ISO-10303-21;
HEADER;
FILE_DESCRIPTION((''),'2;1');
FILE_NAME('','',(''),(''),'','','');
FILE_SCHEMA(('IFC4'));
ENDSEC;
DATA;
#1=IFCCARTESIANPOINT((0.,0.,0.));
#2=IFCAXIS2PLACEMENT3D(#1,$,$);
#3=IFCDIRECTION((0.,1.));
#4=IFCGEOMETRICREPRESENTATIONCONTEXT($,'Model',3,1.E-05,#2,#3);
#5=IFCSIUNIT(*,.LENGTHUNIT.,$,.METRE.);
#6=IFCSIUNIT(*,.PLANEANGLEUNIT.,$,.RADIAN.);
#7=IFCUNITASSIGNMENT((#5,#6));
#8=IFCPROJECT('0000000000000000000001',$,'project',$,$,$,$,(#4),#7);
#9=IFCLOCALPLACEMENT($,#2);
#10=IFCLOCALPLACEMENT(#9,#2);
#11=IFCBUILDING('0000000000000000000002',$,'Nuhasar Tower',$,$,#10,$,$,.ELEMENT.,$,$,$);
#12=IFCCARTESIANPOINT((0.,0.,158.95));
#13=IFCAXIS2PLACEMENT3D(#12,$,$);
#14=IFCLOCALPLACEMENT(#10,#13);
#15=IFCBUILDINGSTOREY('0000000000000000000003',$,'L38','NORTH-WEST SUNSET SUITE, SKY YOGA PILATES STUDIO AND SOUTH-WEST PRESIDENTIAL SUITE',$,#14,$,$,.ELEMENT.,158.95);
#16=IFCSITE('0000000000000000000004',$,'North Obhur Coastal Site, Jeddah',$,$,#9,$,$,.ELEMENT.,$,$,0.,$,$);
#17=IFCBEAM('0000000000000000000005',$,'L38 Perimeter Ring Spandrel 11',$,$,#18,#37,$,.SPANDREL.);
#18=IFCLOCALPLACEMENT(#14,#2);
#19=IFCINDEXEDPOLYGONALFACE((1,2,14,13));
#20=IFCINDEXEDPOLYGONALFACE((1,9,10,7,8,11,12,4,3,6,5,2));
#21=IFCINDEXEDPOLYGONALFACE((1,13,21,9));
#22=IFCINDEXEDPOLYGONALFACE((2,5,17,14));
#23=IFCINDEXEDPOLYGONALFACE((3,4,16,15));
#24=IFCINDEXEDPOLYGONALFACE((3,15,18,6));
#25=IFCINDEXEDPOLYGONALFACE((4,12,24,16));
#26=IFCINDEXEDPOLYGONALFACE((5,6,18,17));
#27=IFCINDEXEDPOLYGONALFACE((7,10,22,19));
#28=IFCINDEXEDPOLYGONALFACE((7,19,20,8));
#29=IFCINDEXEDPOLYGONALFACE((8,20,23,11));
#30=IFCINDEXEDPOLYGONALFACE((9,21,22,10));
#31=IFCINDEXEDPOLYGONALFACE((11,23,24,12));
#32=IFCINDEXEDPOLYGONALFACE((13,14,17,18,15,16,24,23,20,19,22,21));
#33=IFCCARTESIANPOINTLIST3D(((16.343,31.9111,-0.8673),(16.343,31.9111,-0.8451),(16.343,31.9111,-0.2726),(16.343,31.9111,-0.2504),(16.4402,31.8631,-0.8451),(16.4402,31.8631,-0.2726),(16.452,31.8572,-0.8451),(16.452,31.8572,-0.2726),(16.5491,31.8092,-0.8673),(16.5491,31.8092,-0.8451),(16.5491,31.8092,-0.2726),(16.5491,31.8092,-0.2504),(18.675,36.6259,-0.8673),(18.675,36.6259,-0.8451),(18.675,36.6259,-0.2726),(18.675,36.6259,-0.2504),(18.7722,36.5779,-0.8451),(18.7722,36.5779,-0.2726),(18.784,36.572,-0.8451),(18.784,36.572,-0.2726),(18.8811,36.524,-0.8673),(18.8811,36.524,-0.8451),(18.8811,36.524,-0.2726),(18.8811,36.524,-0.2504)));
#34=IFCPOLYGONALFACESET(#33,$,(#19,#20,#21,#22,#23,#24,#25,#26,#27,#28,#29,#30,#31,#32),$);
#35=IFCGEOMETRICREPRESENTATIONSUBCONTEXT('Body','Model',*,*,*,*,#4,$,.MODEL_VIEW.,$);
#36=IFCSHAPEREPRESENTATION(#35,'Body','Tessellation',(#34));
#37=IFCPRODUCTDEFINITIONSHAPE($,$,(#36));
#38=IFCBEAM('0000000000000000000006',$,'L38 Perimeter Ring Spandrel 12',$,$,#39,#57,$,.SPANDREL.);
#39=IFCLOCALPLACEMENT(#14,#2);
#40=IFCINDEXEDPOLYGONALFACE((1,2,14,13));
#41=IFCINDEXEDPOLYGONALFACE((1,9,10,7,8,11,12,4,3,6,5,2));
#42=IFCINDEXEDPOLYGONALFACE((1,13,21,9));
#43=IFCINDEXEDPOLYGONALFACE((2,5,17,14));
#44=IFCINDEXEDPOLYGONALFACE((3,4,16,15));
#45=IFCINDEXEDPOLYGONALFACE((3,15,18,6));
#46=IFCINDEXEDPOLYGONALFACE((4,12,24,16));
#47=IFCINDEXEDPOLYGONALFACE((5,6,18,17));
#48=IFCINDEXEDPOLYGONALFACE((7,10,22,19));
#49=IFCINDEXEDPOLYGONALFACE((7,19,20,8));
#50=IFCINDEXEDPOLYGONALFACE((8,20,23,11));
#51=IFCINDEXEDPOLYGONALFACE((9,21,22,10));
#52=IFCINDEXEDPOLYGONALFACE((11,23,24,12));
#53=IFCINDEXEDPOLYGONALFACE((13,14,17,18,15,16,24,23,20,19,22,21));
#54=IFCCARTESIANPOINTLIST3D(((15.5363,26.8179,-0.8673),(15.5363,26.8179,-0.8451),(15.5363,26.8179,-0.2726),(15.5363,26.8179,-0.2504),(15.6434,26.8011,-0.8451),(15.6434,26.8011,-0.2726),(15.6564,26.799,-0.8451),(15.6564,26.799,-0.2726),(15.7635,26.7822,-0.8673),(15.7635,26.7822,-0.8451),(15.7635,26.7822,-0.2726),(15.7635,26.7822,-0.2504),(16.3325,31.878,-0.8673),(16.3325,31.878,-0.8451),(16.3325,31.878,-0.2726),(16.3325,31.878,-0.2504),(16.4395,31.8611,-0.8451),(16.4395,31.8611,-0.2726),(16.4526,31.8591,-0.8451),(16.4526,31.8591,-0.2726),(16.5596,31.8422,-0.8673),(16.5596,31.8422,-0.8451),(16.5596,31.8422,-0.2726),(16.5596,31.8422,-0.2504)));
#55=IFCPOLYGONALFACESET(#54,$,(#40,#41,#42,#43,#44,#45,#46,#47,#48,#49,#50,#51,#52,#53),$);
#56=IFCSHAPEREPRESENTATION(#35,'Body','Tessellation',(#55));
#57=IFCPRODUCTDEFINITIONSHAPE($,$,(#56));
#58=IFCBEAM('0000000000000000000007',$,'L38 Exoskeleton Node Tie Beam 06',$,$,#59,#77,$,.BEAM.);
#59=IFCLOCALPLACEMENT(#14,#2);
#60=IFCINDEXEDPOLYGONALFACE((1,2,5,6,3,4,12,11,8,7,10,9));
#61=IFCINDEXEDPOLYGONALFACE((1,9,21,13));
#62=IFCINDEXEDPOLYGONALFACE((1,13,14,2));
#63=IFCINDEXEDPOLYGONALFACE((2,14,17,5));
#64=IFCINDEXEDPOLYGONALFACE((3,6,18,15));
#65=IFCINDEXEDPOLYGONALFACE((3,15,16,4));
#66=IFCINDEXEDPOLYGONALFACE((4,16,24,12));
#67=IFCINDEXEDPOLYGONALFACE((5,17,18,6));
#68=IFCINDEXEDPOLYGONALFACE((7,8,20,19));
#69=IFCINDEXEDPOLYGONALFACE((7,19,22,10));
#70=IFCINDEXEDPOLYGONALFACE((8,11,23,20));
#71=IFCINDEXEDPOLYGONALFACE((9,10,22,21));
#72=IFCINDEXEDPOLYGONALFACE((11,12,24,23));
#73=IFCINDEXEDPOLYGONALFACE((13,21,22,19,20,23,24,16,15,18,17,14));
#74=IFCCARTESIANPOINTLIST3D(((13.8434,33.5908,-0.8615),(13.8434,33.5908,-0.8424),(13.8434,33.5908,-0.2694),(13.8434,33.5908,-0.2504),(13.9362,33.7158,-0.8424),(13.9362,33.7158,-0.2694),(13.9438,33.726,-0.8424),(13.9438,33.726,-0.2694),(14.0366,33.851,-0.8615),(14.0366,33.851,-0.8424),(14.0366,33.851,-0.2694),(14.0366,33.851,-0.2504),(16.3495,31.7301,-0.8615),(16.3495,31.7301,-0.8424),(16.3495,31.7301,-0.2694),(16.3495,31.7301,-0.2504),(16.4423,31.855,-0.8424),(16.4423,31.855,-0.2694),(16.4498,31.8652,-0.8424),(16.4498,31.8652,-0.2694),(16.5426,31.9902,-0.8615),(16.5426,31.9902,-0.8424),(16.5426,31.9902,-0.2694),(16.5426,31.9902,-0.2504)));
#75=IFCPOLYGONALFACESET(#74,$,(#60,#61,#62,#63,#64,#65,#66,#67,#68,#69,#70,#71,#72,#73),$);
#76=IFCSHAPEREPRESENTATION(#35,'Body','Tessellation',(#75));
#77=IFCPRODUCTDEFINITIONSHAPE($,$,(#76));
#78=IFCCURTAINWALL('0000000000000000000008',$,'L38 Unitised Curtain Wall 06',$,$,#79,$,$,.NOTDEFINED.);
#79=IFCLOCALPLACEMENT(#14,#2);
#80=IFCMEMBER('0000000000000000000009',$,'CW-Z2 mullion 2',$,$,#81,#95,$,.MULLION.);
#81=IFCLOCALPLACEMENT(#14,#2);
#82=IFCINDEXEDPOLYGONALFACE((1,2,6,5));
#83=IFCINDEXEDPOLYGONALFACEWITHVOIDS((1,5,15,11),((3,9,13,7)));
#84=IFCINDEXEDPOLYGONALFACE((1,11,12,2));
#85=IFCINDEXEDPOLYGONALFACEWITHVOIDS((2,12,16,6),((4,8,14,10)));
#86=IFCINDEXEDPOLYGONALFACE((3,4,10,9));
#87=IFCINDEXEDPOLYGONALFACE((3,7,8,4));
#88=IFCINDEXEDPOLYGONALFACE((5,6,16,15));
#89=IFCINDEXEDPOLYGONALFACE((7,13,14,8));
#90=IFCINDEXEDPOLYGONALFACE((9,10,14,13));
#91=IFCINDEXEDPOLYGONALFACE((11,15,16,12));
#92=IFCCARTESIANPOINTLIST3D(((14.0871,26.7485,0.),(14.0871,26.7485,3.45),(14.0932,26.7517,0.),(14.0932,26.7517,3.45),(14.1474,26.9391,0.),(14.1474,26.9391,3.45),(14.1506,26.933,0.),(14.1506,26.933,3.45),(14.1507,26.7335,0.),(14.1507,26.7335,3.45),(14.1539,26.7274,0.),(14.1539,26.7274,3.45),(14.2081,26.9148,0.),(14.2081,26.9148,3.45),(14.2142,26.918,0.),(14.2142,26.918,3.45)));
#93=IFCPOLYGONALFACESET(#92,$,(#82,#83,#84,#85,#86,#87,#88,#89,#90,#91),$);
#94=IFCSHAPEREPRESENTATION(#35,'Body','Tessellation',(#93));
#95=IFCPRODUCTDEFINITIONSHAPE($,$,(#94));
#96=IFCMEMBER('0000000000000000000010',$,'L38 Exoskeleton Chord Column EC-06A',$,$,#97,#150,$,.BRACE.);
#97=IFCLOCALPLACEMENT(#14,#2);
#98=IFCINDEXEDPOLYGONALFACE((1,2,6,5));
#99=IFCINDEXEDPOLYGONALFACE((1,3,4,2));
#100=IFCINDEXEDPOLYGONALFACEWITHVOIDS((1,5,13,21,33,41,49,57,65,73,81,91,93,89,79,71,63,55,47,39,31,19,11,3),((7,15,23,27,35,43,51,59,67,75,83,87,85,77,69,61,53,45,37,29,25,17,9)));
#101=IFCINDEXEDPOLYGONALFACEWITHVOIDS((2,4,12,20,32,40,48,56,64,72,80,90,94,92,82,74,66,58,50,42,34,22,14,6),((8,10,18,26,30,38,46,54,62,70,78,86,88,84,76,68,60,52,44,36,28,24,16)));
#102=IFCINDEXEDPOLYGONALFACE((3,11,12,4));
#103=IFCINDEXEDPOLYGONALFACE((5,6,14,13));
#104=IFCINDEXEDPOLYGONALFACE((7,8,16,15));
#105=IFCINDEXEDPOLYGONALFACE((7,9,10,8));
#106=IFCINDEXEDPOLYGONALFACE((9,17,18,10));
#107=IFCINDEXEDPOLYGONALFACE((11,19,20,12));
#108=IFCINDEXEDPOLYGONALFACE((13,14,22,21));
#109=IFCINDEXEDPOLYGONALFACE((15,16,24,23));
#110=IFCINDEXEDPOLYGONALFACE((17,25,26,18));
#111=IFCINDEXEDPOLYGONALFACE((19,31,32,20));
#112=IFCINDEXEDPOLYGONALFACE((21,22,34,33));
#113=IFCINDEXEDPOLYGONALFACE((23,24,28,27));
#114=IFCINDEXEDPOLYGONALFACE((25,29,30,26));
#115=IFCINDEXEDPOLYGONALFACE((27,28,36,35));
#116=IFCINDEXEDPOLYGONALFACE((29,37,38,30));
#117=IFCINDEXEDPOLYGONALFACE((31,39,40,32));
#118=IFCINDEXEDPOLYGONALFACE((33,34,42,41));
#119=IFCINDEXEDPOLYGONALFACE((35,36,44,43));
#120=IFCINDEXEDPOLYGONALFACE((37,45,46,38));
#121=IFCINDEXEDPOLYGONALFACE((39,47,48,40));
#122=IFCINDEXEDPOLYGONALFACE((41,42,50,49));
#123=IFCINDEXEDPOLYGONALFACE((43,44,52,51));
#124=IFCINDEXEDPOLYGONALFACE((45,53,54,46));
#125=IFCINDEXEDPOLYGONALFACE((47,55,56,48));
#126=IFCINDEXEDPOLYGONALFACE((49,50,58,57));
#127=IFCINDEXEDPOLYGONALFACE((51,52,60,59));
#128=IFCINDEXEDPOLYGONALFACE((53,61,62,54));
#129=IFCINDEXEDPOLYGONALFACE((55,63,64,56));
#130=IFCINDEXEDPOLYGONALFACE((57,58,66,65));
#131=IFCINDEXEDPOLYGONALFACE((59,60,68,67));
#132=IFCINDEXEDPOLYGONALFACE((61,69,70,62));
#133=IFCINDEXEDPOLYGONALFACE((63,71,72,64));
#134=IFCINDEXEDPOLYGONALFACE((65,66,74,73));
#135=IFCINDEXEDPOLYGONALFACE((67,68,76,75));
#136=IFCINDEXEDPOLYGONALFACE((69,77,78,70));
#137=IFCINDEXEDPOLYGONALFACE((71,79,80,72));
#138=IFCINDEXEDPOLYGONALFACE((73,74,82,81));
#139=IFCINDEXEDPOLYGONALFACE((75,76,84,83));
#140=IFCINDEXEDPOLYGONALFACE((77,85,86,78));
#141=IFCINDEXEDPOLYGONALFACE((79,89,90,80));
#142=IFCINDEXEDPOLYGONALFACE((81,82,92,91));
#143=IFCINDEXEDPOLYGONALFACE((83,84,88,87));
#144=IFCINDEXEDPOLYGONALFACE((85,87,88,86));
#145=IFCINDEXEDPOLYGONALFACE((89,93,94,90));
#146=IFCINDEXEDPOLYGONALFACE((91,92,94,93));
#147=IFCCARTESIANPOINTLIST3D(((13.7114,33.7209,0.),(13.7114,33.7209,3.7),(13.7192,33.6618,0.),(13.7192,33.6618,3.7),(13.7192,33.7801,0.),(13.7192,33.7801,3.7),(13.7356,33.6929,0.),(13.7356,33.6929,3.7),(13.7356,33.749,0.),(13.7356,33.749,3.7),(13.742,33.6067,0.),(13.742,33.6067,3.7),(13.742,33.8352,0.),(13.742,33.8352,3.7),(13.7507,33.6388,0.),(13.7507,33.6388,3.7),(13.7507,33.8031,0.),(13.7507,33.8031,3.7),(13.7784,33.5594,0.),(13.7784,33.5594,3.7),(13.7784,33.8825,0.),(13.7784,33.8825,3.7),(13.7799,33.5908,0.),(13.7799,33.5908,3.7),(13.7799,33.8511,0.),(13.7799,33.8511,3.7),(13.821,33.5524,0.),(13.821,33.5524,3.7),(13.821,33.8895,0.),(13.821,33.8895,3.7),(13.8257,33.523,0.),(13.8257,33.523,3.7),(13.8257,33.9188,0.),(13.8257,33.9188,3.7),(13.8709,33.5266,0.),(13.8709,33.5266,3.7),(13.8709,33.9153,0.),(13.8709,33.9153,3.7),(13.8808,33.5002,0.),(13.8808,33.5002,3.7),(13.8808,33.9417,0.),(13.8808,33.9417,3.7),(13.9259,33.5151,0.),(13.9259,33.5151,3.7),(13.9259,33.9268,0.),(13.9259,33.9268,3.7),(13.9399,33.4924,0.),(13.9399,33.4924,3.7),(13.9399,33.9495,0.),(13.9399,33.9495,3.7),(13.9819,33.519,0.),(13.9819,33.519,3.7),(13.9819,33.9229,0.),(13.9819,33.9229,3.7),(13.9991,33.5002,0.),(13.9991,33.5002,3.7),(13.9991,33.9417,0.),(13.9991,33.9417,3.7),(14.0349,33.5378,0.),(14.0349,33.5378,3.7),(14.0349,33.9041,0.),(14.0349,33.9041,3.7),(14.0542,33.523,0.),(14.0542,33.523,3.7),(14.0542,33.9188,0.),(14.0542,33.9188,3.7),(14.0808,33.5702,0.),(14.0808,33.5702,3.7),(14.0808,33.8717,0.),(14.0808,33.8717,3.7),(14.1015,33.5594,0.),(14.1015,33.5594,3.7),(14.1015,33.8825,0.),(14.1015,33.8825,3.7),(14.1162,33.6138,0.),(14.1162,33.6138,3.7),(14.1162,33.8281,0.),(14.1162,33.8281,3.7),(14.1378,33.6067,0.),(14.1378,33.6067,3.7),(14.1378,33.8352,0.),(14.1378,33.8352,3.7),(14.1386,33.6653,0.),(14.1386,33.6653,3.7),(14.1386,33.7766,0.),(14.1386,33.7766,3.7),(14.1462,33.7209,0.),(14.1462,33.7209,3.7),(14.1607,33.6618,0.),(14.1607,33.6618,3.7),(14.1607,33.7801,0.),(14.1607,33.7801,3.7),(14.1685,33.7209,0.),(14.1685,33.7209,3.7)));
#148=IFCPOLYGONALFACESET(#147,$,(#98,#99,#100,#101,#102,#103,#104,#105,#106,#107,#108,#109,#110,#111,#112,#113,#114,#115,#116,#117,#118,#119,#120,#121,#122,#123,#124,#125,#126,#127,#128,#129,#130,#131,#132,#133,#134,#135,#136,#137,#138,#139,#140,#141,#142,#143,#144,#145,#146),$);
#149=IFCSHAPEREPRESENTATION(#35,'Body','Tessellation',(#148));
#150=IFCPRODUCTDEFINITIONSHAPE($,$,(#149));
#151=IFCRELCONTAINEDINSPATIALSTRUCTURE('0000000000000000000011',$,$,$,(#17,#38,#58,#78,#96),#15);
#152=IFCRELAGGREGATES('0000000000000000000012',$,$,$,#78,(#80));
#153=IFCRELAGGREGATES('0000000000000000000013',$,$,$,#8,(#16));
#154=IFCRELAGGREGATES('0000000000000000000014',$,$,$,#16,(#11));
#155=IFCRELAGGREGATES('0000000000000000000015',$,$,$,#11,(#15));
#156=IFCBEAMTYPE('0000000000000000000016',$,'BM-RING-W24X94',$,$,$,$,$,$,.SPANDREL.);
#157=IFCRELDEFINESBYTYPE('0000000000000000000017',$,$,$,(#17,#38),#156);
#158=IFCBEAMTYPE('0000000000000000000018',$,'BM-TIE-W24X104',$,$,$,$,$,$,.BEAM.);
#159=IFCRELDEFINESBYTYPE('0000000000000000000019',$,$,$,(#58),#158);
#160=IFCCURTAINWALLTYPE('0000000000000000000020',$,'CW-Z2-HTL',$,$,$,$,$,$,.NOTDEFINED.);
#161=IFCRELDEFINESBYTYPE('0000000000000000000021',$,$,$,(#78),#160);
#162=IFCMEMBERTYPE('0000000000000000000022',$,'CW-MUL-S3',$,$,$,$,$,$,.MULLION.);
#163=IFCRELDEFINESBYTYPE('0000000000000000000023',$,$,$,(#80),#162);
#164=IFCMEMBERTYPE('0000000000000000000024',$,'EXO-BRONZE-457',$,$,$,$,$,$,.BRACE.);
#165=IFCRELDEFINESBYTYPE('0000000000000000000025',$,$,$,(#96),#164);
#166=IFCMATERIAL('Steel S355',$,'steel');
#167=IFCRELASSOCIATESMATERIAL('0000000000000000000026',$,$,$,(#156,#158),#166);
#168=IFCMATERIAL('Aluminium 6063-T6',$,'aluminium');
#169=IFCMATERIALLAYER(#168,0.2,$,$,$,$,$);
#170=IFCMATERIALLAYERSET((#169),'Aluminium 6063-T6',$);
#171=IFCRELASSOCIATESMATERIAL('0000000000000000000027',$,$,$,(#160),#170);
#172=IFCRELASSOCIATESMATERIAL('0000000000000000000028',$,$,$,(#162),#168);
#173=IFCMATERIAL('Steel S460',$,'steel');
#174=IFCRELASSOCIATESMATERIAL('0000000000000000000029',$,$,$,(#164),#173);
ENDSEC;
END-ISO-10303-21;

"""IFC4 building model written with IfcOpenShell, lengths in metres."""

from ifc_helpers import new_model, si_unit, direction, frame, origin, origin_2d, place, context, subcontext, project, spatial, hollow_rectangle, hollow_circle, i_section, extrude, material, layer, layer_set, material_profile, profile_set, type_object, element, aggregate, save


model = new_model("IFC4")

# Units and contexts
model_context = context("Model", 3, precision=1e-05, world=origin(), true_north=direction((0.0, 1.0)))
body_context = subcontext(model_context, "Body", "Model", "MODEL_VIEW")
ifc_project = project(units=[si_unit("LENGTHUNIT", "METRE"), si_unit("PLANEANGLEUNIT", "RADIAN")], contexts=[model_context])

# Site, building, storey
site_placement = place(None, origin())
site = spatial("IfcSite", under=ifc_project, at=site_placement, Name="North Obhur Coastal Site, Jeddah", CompositionType="ELEMENT", RefElevation=0.0)
building_placement = place(site_placement, origin())
building = spatial("IfcBuilding", under=site, at=building_placement, Name="Nuhasar Tower", CompositionType="ELEMENT")
storey_placement = place(building_placement, frame((0.0, 0.0, 158.95)))
storey = spatial("IfcBuildingStorey", under=building, at=storey_placement, Name="L38", Description="NORTH-WEST SUNSET SUITE, SKY YOGA PILATES STUDIO AND SOUTH-WEST PRESIDENTIAL SUITE", CompositionType="ELEMENT", Elevation=158.95)

# Beams
ifc_material_1 = material(Name="Steel S355", Category="steel")
ifc_material_profile_1 = material_profile(ifc_material_1, i_section(OverallWidth=0.23, OverallDepth=0.6169, WebThickness=0.0132, FlangeThickness=0.0222, at=origin_2d()), Name="W24X94")
ifc_profile_set_1 = profile_set([ifc_material_profile_1], Name="Steel S355")
beam_type_1 = type_object("IfcBeamType", Name="BM-RING-W24X94", PredefinedType="SPANDREL", material=ifc_profile_set_1)
beam_1_placement = place(storey_placement, frame((18.7781, 36.575, -0.5588), z_axis=(-0.443348, -0.89635, 0.0), x_axis=(0.89635, -0.443348, 0.0)))
element("IfcBeam", 1, at=beam_1_placement, inside=storey, type_object=beam_type_1, Name="L38 Perimeter Ring Spandrel 11", PredefinedType="SPANDREL", context=body_context, shape_type="SweptSolid", body=[
    extrude(i_section(OverallWidth=0.23, OverallDepth=0.6169, WebThickness=0.0132, FlangeThickness=0.0222, at=origin_2d()), origin(), (0.0, 0.0, 1.0), 5.26),
])
beam_2_placement = place(storey_placement, frame((16.446, 31.8601, -0.5588), z_axis=(-0.155427, -0.987847, 0.0), x_axis=(0.987847, -0.155427, 0.0)))
element("IfcBeam", 2, at=beam_2_placement, inside=storey, type_object=beam_type_1, Name="L38 Perimeter Ring Spandrel 12", PredefinedType="SPANDREL", context=body_context, shape_type="SweptSolid", body=[
    extrude(i_section(OverallWidth=0.23, OverallDepth=0.6169, WebThickness=0.0132, FlangeThickness=0.0222, at=origin_2d()), origin(), (0.0, 0.0, 1.0), 5.1223),
])
ifc_material_profile_2 = material_profile(ifc_material_1, i_section(OverallWidth=0.324, OverallDepth=0.6111, WebThickness=0.0127, FlangeThickness=0.019, at=origin_2d()), Name="W24X104")
ifc_profile_set_2 = profile_set([ifc_material_profile_2], Name="Steel S355")
beam_type_2 = type_object("IfcBeamType", Name="BM-TIE-W24X104", PredefinedType="BEAM", material=ifc_profile_set_2)
beam_3_placement = place(storey_placement, frame((16.446, 31.8601, -0.5559), z_axis=(-0.802872, 0.596151, 0.0), x_axis=(-0.596151, -0.802872, 0.0)))
element("IfcBeam", 3, at=beam_3_placement, inside=storey, type_object=beam_type_2, Name="L38 Exoskeleton Node Tie Beam 06", PredefinedType="BEAM", context=body_context, shape_type="SweptSolid", body=[
    extrude(i_section(OverallWidth=0.324, OverallDepth=0.6111, WebThickness=0.0127, FlangeThickness=0.019, at=origin_2d()), origin(), (0.0, 0.0, 1.0), 3.1213),
])

# Curtain wall, member
ifc_material_2 = material(Name="Aluminium 6063-T6", Category="aluminium")
ifc_layer_1 = layer(ifc_material_2, 0.2)
ifc_layer_set_1 = layer_set([ifc_layer_1], Name="Aluminium 6063-T6")
curtain_wall_type = type_object("IfcCurtainWallType", Name="CW-Z2-HTL", PredefinedType="NOTDEFINED", material=ifc_layer_set_1)
curtain_wall_placement = place(storey_placement, origin())
curtain_wall = element("IfcCurtainWall", 4, at=curtain_wall_placement, inside=storey, type_object=curtain_wall_type, Name="L38 Unitised Curtain Wall 06", PredefinedType="NOTDEFINED")
ifc_material_profile_3 = material_profile(ifc_material_2, hollow_rectangle(XDim=0.0701, YDim=0.2, WallThickness=0.0049, at=origin_2d()), Name="CWM-3")
ifc_profile_set_3 = profile_set([ifc_material_profile_3], Name="Aluminium 6063-T6")
member_type_1 = type_object("IfcMemberType", Name="CW-MUL-S3", PredefinedType="MULLION", material=ifc_profile_set_3)
member_1_placement = place(storey_placement, frame((14.1506, 26.8333, 0.0), z_axis=(0.0, 0.0, 1.0), x_axis=(0.953433, -0.301604, 0.0)))
member_1 = element("IfcMember", 5, at=member_1_placement, type_object=member_type_1, Name="CW-Z2 mullion 2", PredefinedType="MULLION", context=body_context, shape_type="SweptSolid", body=[
    extrude(hollow_rectangle(XDim=0.0701, YDim=0.2, WallThickness=0.0049, at=origin_2d()), origin(), (0.0, 0.0, 1.0), 3.45),
])

# Member
ifc_material_3 = material(Name="Steel S460", Category="steel")
ifc_material_profile_4 = material_profile(ifc_material_3, hollow_circle(Radius=0.2285, WallThickness=0.0222, at=origin_2d()), Name="HSS457X22.2")
ifc_profile_set_4 = profile_set([ifc_material_profile_4], Name="Steel S460")
member_type_2 = type_object("IfcMemberType", Name="EXO-BRONZE-457", PredefinedType="BRACE", material=ifc_profile_set_4)
for number, where, z_axis, x_axis, name in (
    (6, (13.9399, 33.7209, 0.0), (0.0, 0.0, 1.0), (1.0, 0.0, 0.0), "L38 Exoskeleton Chord Column EC-06A"),
):
    element("IfcMember", number, at=place(storey_placement, frame(where, z_axis=z_axis, x_axis=x_axis)), inside=storey, type_object=member_type_2, Name=name, PredefinedType="BRACE", context=body_context, shape_type="SweptSolid", body=[
        extrude(hollow_circle(Radius=0.2285, WallThickness=0.0222, at=origin_2d()), origin(), (0.0, 0.0, 1.0), 3.7),
    ])

aggregate(curtain_wall, [member_1])

save(model, "model.ifc")
